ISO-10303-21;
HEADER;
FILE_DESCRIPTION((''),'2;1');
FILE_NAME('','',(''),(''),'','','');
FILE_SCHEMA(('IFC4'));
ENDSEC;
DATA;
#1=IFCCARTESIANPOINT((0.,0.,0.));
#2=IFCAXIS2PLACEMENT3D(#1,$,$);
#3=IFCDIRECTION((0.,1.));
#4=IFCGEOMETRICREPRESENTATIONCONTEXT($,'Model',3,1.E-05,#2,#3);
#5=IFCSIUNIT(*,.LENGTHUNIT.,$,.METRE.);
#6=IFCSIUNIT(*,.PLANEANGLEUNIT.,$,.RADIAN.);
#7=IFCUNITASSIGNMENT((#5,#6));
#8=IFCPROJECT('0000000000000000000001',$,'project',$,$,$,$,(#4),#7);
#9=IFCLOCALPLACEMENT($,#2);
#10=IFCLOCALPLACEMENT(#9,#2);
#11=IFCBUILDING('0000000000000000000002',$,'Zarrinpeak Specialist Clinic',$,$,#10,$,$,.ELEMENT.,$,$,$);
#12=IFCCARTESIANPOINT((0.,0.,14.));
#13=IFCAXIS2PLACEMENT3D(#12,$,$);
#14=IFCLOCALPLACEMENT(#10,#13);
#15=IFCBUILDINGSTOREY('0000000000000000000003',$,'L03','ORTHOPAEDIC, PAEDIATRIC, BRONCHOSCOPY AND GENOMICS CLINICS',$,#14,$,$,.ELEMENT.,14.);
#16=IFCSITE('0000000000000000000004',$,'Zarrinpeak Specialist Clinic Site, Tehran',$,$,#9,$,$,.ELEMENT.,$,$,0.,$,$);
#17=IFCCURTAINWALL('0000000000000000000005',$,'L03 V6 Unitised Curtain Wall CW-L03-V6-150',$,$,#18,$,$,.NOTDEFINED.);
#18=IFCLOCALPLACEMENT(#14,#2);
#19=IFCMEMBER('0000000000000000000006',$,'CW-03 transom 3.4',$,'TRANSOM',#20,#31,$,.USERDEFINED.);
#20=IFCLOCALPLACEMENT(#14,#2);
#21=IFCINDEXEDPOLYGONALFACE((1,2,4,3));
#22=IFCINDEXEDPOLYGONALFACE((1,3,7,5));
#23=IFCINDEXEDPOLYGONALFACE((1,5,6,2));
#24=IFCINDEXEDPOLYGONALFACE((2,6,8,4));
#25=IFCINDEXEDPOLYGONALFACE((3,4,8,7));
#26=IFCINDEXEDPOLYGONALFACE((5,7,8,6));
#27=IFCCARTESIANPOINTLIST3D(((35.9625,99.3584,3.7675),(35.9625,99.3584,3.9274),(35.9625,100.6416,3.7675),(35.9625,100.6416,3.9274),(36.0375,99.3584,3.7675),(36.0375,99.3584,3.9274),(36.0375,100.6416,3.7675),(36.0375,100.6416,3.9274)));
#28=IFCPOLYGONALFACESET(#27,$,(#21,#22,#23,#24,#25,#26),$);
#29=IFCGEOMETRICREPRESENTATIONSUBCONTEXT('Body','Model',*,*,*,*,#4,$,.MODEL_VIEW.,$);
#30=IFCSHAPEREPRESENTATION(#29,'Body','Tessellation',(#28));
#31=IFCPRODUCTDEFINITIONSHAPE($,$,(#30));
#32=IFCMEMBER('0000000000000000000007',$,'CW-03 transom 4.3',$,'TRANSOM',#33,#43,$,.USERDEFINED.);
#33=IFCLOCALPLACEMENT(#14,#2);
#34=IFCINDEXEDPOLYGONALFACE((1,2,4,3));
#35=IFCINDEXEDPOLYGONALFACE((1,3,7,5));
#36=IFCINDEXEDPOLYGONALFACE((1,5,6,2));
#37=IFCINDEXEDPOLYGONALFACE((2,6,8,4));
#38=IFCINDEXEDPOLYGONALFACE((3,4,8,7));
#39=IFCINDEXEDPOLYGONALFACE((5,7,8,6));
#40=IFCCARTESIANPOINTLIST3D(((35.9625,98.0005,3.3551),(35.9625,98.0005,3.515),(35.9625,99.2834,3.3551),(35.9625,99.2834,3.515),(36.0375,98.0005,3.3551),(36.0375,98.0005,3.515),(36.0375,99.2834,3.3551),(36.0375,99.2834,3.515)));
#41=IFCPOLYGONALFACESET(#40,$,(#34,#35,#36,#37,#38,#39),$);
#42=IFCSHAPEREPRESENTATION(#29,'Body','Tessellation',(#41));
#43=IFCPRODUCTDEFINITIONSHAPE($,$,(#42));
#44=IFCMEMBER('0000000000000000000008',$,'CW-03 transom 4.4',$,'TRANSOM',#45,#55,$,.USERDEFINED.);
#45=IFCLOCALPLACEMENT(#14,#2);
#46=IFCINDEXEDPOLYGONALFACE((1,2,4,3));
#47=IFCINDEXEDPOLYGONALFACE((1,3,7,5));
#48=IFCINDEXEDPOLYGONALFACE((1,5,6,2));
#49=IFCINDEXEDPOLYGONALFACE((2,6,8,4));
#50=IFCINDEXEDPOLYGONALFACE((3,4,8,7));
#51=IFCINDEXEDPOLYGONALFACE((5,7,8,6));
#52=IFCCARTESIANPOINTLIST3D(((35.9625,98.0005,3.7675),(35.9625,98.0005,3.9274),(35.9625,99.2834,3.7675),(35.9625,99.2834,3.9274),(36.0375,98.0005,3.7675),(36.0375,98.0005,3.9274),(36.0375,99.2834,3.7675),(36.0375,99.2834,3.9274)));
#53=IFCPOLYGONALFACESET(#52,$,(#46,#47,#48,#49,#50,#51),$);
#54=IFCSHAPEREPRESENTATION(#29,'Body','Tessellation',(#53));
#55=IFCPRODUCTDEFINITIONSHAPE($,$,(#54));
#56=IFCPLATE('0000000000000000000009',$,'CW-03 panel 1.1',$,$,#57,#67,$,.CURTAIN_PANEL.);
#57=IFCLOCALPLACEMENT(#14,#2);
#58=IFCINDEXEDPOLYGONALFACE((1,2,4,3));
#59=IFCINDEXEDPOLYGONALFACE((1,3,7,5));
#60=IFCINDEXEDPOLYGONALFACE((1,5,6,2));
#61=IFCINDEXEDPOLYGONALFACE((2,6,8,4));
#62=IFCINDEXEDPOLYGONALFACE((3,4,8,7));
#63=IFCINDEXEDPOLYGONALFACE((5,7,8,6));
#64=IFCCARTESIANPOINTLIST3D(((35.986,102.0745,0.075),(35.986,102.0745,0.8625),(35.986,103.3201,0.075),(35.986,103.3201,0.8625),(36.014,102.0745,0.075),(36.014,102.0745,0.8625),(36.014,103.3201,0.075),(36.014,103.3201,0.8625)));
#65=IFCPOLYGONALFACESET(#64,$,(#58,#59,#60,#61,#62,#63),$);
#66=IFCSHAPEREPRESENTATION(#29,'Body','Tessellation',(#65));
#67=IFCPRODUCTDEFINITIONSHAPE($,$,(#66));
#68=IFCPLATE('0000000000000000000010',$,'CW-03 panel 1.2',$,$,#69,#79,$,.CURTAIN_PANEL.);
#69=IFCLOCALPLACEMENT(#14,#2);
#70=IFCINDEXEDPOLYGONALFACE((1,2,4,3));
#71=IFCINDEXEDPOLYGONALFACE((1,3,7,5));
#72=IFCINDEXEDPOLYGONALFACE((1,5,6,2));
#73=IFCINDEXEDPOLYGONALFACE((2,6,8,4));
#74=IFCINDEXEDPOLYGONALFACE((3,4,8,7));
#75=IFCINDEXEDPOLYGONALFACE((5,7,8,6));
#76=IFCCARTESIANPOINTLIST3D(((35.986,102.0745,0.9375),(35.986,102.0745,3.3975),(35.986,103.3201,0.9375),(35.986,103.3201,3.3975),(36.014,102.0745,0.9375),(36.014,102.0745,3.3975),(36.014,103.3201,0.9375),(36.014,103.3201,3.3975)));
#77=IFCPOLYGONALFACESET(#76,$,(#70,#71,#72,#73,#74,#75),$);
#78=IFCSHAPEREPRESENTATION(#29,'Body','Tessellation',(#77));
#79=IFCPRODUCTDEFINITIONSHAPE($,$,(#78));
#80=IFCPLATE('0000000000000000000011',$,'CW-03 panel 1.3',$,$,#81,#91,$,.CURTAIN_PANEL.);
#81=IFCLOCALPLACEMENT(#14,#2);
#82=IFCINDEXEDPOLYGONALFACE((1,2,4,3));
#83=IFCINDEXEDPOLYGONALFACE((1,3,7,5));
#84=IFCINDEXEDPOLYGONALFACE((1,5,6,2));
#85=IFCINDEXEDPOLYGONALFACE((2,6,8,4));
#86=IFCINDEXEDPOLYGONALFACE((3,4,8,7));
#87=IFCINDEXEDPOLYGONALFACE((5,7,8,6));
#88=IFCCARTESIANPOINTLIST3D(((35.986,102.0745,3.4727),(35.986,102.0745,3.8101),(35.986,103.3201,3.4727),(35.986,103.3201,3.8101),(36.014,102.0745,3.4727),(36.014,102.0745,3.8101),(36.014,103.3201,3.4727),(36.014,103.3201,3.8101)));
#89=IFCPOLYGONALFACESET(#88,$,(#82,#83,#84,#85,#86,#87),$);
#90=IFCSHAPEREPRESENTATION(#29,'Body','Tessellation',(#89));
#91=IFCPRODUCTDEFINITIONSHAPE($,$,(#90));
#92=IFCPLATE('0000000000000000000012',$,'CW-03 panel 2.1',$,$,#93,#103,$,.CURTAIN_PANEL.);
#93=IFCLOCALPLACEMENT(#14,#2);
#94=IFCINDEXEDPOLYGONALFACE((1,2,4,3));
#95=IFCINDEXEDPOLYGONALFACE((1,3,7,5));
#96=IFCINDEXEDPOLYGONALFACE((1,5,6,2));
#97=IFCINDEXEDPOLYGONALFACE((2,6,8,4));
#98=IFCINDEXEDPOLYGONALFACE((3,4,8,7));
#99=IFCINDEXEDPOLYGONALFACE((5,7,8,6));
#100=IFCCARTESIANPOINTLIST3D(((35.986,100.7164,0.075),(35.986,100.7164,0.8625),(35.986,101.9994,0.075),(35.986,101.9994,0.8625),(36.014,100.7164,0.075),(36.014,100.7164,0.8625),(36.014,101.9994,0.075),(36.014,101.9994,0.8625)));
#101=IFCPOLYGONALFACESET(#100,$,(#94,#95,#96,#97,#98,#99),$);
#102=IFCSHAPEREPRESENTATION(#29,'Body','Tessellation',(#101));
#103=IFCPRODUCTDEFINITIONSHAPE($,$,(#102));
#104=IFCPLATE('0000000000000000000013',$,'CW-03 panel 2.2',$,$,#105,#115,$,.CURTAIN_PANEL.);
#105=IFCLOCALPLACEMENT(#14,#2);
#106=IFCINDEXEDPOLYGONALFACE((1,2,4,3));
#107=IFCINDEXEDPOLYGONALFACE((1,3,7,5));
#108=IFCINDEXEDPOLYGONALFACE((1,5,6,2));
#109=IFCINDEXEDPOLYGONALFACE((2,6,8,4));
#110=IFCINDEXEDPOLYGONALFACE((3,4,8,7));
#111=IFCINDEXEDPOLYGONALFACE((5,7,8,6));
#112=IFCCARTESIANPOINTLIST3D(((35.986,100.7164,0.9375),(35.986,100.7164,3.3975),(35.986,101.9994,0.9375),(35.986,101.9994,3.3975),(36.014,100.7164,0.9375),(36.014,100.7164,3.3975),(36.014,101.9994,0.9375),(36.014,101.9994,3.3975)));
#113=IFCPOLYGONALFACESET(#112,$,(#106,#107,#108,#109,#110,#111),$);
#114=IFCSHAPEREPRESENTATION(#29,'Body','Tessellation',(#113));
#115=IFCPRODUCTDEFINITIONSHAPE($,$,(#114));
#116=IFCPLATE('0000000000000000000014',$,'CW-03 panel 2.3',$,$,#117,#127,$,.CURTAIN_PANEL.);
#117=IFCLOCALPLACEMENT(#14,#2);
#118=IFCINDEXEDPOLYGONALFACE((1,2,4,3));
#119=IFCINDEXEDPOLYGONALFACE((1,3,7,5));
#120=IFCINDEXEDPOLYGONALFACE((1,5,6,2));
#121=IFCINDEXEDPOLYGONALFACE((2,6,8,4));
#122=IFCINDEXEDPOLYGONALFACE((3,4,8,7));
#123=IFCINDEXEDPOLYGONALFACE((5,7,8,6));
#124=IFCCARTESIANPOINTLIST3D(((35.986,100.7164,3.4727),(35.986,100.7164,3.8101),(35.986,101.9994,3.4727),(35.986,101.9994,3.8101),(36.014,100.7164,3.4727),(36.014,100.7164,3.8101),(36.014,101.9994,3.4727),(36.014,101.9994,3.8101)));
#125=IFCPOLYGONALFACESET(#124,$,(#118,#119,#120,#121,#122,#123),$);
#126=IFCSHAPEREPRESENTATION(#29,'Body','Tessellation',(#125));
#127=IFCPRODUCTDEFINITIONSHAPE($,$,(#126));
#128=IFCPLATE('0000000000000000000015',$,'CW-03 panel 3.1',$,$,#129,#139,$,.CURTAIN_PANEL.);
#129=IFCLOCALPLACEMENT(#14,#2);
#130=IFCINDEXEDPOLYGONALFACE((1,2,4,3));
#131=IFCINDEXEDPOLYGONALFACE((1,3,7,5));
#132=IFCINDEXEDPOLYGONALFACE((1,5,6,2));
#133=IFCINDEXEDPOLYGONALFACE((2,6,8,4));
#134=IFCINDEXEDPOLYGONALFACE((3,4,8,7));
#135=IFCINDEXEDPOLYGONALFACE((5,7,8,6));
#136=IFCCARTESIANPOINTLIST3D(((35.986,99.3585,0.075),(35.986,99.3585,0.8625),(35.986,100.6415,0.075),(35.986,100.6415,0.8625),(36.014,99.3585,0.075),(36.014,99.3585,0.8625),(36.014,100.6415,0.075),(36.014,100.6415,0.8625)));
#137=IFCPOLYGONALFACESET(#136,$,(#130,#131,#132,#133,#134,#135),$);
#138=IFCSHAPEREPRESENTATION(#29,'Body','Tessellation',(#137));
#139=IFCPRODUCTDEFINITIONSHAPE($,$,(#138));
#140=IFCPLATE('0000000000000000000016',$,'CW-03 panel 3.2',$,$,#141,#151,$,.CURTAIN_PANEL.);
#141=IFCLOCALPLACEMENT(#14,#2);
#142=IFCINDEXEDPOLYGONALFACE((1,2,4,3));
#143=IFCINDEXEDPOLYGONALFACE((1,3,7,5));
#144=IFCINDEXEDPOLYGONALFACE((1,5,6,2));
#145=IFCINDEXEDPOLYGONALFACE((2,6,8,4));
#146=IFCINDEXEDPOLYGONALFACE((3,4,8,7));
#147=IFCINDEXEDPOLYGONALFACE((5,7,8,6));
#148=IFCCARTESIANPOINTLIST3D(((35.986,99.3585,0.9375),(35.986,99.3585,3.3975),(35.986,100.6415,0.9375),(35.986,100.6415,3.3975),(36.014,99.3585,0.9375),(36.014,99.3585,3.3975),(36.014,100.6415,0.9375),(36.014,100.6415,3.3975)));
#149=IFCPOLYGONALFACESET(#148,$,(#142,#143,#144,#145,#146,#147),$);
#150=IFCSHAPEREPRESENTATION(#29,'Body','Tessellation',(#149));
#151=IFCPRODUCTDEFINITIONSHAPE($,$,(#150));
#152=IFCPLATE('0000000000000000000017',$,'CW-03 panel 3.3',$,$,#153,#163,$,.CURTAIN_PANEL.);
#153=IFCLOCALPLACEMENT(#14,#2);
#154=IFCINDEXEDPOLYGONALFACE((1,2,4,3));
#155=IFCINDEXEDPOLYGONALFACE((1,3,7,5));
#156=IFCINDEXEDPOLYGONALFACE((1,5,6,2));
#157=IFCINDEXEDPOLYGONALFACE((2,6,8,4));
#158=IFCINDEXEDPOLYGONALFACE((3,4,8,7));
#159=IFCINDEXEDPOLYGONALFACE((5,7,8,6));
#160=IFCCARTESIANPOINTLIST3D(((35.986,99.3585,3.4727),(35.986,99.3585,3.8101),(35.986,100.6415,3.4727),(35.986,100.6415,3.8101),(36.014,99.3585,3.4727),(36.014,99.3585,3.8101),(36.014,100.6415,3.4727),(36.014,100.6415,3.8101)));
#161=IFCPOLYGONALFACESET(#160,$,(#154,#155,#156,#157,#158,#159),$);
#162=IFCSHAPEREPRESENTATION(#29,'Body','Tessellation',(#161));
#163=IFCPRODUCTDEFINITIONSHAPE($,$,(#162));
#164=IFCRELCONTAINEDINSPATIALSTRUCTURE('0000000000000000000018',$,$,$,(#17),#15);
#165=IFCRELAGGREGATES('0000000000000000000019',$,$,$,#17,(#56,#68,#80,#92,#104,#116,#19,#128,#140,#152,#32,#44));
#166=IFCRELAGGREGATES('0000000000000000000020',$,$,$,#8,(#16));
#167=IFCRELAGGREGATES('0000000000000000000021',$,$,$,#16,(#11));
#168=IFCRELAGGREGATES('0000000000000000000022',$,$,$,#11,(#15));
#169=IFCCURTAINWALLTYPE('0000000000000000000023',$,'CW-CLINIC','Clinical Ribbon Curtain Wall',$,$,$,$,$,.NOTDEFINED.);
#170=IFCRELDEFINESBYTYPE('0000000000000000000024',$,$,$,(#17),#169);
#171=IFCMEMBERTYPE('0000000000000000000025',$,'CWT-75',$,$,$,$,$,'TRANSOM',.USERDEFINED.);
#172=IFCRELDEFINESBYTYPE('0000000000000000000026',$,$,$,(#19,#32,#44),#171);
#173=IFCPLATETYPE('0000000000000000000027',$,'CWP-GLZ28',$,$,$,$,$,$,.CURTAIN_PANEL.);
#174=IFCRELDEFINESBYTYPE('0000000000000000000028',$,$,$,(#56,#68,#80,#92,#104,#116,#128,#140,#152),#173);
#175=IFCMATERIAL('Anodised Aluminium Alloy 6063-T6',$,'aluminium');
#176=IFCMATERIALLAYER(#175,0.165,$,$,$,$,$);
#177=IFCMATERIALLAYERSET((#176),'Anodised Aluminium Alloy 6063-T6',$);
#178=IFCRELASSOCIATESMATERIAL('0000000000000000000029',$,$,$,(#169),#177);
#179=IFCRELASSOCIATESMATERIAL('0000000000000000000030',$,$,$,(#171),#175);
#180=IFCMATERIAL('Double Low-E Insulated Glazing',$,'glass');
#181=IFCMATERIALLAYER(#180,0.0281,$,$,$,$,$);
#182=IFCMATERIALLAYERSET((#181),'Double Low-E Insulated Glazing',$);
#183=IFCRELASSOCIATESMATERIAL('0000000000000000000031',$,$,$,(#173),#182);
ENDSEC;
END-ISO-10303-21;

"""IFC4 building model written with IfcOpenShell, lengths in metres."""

from ifc_helpers import new_model, si_unit, direction, frame, origin, origin_2d, place, context, subcontext, project, spatial, rectangle, extrude, material, layer, layer_set, material_profile, profile_set, type_object, element, aggregate, save


model = new_model("IFC4")

# Units and contexts
model_context = context("Model", 3, precision=1e-05, world=origin(), true_north=direction((0.0, 1.0)))
body_context = subcontext(model_context, "Body", "Model", "MODEL_VIEW")
ifc_project = project(units=[si_unit("LENGTHUNIT", "METRE"), si_unit("PLANEANGLEUNIT", "RADIAN")], contexts=[model_context])

# Site, building, storey
site_placement = place(None, origin())
site = spatial("IfcSite", under=ifc_project, at=site_placement, Name="Zarrinpeak Specialist Clinic Site, Tehran", CompositionType="ELEMENT", RefElevation=0.0)
building_placement = place(site_placement, origin())
building = spatial("IfcBuilding", under=site, at=building_placement, Name="Zarrinpeak Specialist Clinic", CompositionType="ELEMENT")
storey_placement = place(building_placement, frame((0.0, 0.0, 14.0)))
storey = spatial("IfcBuildingStorey", under=building, at=storey_placement, Name="L03", Description="ORTHOPAEDIC, PAEDIATRIC, BRONCHOSCOPY AND GENOMICS CLINICS", CompositionType="ELEMENT", Elevation=14.0)

# Curtain wall, members, plates
ifc_material_1 = material(Name="Anodised Aluminium Alloy 6063-T6", Category="aluminium")
ifc_layer_1 = layer(ifc_material_1, 0.165)
ifc_layer_set_1 = layer_set([ifc_layer_1], Name="Anodised Aluminium Alloy 6063-T6")
curtain_wall_type = type_object("IfcCurtainWallType", Name="CW-CLINIC", Description="Clinical Ribbon Curtain Wall", PredefinedType="NOTDEFINED", material=ifc_layer_set_1)
curtain_wall_placement = place(storey_placement, origin())
curtain_wall = element("IfcCurtainWall", 1, at=curtain_wall_placement, inside=storey, type_object=curtain_wall_type, Name="L03 V6 Unitised Curtain Wall CW-L03-V6-150", PredefinedType="NOTDEFINED")
ifc_material_profile_1 = material_profile(ifc_material_1, rectangle(XDim=0.075, YDim=0.1599, at=origin_2d()), Name="ALU 75x160")
ifc_profile_set_1 = profile_set([ifc_material_profile_1], Name="Anodised Aluminium Alloy 6063-T6")
member_type_1 = type_object("IfcMemberType", Name="CWT-75", ElementType="TRANSOM", PredefinedType="USERDEFINED", material=ifc_profile_set_1)
member_1_placement = place(storey_placement, frame((36.0, 100.6416, 3.8474), z_axis=(0.0, -1.0, 0.0), x_axis=(1.0, 0.0, 0.0)))
member_1 = element("IfcMember", 2, at=member_1_placement, type_object=member_type_1, Name="CW-03 transom 3.4", ObjectType="TRANSOM", PredefinedType="USERDEFINED", context=body_context, shape_type="SweptSolid", body=[
    extrude(rectangle(XDim=0.075, YDim=0.1599, at=origin_2d()), origin(), (0.0, 0.0, 1.0), 1.2832),
])
member_2_placement = place(storey_placement, frame((36.0, 99.2834, 3.4351), z_axis=(0.0, -1.0, 0.0), x_axis=(1.0, 0.0, 0.0)))
member_2 = element("IfcMember", 3, at=member_2_placement, type_object=member_type_1, Name="CW-03 transom 4.3", ObjectType="TRANSOM", PredefinedType="USERDEFINED", context=body_context, shape_type="SweptSolid", body=[
    extrude(rectangle(XDim=0.075, YDim=0.1599, at=origin_2d()), origin(), (0.0, 0.0, 1.0), 1.283),
])
member_3_placement = place(storey_placement, frame((36.0, 99.2834, 3.8474), z_axis=(0.0, -1.0, 0.0), x_axis=(1.0, 0.0, 0.0)))
member_3 = element("IfcMember", 4, at=member_3_placement, type_object=member_type_1, Name="CW-03 transom 4.4", ObjectType="TRANSOM", PredefinedType="USERDEFINED", context=body_context, shape_type="SweptSolid", body=[
    extrude(rectangle(XDim=0.075, YDim=0.1599, at=origin_2d()), origin(), (0.0, 0.0, 1.0), 1.283),
])
ifc_material_2 = material(Name="Double Low-E Insulated Glazing", Category="glass")
ifc_layer_2 = layer(ifc_material_2, 0.0281)
ifc_layer_set_2 = layer_set([ifc_layer_2], Name="Double Low-E Insulated Glazing")
plate_type = type_object("IfcPlateType", Name="CWP-GLZ28", PredefinedType="CURTAIN_PANEL", material=ifc_layer_set_2)
plate_1_placement = place(storey_placement, frame((36.0, 102.6973, 0.075), z_axis=(0.0, 0.0, 1.0), x_axis=(0.0, -1.0, 0.0)))
plate_1 = element("IfcPlate", 5, at=plate_1_placement, type_object=plate_type, Name="CW-03 panel 1.1", PredefinedType="CURTAIN_PANEL", context=body_context, shape_type="SweptSolid", body=[
    extrude(rectangle(XDim=1.2456, YDim=0.0281, at=origin_2d()), origin(), (0.0, 0.0, 1.0), 0.7876),
])
plate_2_placement = place(storey_placement, frame((36.0, 102.6973, 0.9375), z_axis=(0.0, 0.0, 1.0), x_axis=(0.0, -1.0, 0.0)))
plate_2 = element("IfcPlate", 6, at=plate_2_placement, type_object=plate_type, Name="CW-03 panel 1.2", PredefinedType="CURTAIN_PANEL", context=body_context, shape_type="SweptSolid", body=[
    extrude(rectangle(XDim=1.2456, YDim=0.0281, at=origin_2d()), origin(), (0.0, 0.0, 1.0), 2.46),
])
plate_3_placement = place(storey_placement, frame((36.0, 102.6973, 3.4727), z_axis=(0.0, 0.0, 1.0), x_axis=(0.0, -1.0, 0.0)))
plate_3 = element("IfcPlate", 7, at=plate_3_placement, type_object=plate_type, Name="CW-03 panel 1.3", PredefinedType="CURTAIN_PANEL", context=body_context, shape_type="SweptSolid", body=[
    extrude(rectangle(XDim=1.2456, YDim=0.0281, at=origin_2d()), origin(), (0.0, 0.0, 1.0), 0.3374),
])
plate_4_placement = place(storey_placement, frame((36.0, 101.3579, 0.075), z_axis=(0.0, 0.0, 1.0), x_axis=(0.0, -1.0, 0.0)))
plate_4 = element("IfcPlate", 8, at=plate_4_placement, type_object=plate_type, Name="CW-03 panel 2.1", PredefinedType="CURTAIN_PANEL", context=body_context, shape_type="SweptSolid", body=[
    extrude(rectangle(XDim=1.283, YDim=0.0281, at=origin_2d()), origin(), (0.0, 0.0, 1.0), 0.7876),
])
plate_5_placement = place(storey_placement, frame((36.0, 101.3579, 0.9375), z_axis=(0.0, 0.0, 1.0), x_axis=(0.0, -1.0, 0.0)))
plate_5 = element("IfcPlate", 9, at=plate_5_placement, type_object=plate_type, Name="CW-03 panel 2.2", PredefinedType="CURTAIN_PANEL", context=body_context, shape_type="SweptSolid", body=[
    extrude(rectangle(XDim=1.283, YDim=0.0281, at=origin_2d()), origin(), (0.0, 0.0, 1.0), 2.46),
])
plate_6_placement = place(storey_placement, frame((36.0, 101.3579, 3.4727), z_axis=(0.0, 0.0, 1.0), x_axis=(0.0, -1.0, 0.0)))
plate_6 = element("IfcPlate", 10, at=plate_6_placement, type_object=plate_type, Name="CW-03 panel 2.3", PredefinedType="CURTAIN_PANEL", context=body_context, shape_type="SweptSolid", body=[
    extrude(rectangle(XDim=1.283, YDim=0.0281, at=origin_2d()), origin(), (0.0, 0.0, 1.0), 0.3374),
])
plate_7_placement = place(storey_placement, frame((36.0, 100.0, 0.075), z_axis=(0.0, 0.0, 1.0), x_axis=(0.0, -1.0, 0.0)))
plate_7 = element("IfcPlate", 11, at=plate_7_placement, type_object=plate_type, Name="CW-03 panel 3.1", PredefinedType="CURTAIN_PANEL", context=body_context, shape_type="SweptSolid", body=[
    extrude(rectangle(XDim=1.283, YDim=0.0281, at=origin_2d()), origin(), (0.0, 0.0, 1.0), 0.7876),
])
plate_8_placement = place(storey_placement, frame((36.0, 100.0, 0.9375), z_axis=(0.0, 0.0, 1.0), x_axis=(0.0, -1.0, 0.0)))
plate_8 = element("IfcPlate", 12, at=plate_8_placement, type_object=plate_type, Name="CW-03 panel 3.2", PredefinedType="CURTAIN_PANEL", context=body_context, shape_type="SweptSolid", body=[
    extrude(rectangle(XDim=1.283, YDim=0.0281, at=origin_2d()), origin(), (0.0, 0.0, 1.0), 2.46),
])
plate_9_placement = place(storey_placement, frame((36.0, 100.0, 3.4727), z_axis=(0.0, 0.0, 1.0), x_axis=(0.0, -1.0, 0.0)))
plate_9 = element("IfcPlate", 13, at=plate_9_placement, type_object=plate_type, Name="CW-03 panel 3.3", PredefinedType="CURTAIN_PANEL", context=body_context, shape_type="SweptSolid", body=[
    extrude(rectangle(XDim=1.283, YDim=0.0281, at=origin_2d()), origin(), (0.0, 0.0, 1.0), 0.3374),
])
aggregate(curtain_wall, [plate_1, plate_2, plate_3, plate_4, plate_5, plate_6, member_1, plate_7, plate_8, plate_9, member_2, member_3])

save(model, "model.ifc")
